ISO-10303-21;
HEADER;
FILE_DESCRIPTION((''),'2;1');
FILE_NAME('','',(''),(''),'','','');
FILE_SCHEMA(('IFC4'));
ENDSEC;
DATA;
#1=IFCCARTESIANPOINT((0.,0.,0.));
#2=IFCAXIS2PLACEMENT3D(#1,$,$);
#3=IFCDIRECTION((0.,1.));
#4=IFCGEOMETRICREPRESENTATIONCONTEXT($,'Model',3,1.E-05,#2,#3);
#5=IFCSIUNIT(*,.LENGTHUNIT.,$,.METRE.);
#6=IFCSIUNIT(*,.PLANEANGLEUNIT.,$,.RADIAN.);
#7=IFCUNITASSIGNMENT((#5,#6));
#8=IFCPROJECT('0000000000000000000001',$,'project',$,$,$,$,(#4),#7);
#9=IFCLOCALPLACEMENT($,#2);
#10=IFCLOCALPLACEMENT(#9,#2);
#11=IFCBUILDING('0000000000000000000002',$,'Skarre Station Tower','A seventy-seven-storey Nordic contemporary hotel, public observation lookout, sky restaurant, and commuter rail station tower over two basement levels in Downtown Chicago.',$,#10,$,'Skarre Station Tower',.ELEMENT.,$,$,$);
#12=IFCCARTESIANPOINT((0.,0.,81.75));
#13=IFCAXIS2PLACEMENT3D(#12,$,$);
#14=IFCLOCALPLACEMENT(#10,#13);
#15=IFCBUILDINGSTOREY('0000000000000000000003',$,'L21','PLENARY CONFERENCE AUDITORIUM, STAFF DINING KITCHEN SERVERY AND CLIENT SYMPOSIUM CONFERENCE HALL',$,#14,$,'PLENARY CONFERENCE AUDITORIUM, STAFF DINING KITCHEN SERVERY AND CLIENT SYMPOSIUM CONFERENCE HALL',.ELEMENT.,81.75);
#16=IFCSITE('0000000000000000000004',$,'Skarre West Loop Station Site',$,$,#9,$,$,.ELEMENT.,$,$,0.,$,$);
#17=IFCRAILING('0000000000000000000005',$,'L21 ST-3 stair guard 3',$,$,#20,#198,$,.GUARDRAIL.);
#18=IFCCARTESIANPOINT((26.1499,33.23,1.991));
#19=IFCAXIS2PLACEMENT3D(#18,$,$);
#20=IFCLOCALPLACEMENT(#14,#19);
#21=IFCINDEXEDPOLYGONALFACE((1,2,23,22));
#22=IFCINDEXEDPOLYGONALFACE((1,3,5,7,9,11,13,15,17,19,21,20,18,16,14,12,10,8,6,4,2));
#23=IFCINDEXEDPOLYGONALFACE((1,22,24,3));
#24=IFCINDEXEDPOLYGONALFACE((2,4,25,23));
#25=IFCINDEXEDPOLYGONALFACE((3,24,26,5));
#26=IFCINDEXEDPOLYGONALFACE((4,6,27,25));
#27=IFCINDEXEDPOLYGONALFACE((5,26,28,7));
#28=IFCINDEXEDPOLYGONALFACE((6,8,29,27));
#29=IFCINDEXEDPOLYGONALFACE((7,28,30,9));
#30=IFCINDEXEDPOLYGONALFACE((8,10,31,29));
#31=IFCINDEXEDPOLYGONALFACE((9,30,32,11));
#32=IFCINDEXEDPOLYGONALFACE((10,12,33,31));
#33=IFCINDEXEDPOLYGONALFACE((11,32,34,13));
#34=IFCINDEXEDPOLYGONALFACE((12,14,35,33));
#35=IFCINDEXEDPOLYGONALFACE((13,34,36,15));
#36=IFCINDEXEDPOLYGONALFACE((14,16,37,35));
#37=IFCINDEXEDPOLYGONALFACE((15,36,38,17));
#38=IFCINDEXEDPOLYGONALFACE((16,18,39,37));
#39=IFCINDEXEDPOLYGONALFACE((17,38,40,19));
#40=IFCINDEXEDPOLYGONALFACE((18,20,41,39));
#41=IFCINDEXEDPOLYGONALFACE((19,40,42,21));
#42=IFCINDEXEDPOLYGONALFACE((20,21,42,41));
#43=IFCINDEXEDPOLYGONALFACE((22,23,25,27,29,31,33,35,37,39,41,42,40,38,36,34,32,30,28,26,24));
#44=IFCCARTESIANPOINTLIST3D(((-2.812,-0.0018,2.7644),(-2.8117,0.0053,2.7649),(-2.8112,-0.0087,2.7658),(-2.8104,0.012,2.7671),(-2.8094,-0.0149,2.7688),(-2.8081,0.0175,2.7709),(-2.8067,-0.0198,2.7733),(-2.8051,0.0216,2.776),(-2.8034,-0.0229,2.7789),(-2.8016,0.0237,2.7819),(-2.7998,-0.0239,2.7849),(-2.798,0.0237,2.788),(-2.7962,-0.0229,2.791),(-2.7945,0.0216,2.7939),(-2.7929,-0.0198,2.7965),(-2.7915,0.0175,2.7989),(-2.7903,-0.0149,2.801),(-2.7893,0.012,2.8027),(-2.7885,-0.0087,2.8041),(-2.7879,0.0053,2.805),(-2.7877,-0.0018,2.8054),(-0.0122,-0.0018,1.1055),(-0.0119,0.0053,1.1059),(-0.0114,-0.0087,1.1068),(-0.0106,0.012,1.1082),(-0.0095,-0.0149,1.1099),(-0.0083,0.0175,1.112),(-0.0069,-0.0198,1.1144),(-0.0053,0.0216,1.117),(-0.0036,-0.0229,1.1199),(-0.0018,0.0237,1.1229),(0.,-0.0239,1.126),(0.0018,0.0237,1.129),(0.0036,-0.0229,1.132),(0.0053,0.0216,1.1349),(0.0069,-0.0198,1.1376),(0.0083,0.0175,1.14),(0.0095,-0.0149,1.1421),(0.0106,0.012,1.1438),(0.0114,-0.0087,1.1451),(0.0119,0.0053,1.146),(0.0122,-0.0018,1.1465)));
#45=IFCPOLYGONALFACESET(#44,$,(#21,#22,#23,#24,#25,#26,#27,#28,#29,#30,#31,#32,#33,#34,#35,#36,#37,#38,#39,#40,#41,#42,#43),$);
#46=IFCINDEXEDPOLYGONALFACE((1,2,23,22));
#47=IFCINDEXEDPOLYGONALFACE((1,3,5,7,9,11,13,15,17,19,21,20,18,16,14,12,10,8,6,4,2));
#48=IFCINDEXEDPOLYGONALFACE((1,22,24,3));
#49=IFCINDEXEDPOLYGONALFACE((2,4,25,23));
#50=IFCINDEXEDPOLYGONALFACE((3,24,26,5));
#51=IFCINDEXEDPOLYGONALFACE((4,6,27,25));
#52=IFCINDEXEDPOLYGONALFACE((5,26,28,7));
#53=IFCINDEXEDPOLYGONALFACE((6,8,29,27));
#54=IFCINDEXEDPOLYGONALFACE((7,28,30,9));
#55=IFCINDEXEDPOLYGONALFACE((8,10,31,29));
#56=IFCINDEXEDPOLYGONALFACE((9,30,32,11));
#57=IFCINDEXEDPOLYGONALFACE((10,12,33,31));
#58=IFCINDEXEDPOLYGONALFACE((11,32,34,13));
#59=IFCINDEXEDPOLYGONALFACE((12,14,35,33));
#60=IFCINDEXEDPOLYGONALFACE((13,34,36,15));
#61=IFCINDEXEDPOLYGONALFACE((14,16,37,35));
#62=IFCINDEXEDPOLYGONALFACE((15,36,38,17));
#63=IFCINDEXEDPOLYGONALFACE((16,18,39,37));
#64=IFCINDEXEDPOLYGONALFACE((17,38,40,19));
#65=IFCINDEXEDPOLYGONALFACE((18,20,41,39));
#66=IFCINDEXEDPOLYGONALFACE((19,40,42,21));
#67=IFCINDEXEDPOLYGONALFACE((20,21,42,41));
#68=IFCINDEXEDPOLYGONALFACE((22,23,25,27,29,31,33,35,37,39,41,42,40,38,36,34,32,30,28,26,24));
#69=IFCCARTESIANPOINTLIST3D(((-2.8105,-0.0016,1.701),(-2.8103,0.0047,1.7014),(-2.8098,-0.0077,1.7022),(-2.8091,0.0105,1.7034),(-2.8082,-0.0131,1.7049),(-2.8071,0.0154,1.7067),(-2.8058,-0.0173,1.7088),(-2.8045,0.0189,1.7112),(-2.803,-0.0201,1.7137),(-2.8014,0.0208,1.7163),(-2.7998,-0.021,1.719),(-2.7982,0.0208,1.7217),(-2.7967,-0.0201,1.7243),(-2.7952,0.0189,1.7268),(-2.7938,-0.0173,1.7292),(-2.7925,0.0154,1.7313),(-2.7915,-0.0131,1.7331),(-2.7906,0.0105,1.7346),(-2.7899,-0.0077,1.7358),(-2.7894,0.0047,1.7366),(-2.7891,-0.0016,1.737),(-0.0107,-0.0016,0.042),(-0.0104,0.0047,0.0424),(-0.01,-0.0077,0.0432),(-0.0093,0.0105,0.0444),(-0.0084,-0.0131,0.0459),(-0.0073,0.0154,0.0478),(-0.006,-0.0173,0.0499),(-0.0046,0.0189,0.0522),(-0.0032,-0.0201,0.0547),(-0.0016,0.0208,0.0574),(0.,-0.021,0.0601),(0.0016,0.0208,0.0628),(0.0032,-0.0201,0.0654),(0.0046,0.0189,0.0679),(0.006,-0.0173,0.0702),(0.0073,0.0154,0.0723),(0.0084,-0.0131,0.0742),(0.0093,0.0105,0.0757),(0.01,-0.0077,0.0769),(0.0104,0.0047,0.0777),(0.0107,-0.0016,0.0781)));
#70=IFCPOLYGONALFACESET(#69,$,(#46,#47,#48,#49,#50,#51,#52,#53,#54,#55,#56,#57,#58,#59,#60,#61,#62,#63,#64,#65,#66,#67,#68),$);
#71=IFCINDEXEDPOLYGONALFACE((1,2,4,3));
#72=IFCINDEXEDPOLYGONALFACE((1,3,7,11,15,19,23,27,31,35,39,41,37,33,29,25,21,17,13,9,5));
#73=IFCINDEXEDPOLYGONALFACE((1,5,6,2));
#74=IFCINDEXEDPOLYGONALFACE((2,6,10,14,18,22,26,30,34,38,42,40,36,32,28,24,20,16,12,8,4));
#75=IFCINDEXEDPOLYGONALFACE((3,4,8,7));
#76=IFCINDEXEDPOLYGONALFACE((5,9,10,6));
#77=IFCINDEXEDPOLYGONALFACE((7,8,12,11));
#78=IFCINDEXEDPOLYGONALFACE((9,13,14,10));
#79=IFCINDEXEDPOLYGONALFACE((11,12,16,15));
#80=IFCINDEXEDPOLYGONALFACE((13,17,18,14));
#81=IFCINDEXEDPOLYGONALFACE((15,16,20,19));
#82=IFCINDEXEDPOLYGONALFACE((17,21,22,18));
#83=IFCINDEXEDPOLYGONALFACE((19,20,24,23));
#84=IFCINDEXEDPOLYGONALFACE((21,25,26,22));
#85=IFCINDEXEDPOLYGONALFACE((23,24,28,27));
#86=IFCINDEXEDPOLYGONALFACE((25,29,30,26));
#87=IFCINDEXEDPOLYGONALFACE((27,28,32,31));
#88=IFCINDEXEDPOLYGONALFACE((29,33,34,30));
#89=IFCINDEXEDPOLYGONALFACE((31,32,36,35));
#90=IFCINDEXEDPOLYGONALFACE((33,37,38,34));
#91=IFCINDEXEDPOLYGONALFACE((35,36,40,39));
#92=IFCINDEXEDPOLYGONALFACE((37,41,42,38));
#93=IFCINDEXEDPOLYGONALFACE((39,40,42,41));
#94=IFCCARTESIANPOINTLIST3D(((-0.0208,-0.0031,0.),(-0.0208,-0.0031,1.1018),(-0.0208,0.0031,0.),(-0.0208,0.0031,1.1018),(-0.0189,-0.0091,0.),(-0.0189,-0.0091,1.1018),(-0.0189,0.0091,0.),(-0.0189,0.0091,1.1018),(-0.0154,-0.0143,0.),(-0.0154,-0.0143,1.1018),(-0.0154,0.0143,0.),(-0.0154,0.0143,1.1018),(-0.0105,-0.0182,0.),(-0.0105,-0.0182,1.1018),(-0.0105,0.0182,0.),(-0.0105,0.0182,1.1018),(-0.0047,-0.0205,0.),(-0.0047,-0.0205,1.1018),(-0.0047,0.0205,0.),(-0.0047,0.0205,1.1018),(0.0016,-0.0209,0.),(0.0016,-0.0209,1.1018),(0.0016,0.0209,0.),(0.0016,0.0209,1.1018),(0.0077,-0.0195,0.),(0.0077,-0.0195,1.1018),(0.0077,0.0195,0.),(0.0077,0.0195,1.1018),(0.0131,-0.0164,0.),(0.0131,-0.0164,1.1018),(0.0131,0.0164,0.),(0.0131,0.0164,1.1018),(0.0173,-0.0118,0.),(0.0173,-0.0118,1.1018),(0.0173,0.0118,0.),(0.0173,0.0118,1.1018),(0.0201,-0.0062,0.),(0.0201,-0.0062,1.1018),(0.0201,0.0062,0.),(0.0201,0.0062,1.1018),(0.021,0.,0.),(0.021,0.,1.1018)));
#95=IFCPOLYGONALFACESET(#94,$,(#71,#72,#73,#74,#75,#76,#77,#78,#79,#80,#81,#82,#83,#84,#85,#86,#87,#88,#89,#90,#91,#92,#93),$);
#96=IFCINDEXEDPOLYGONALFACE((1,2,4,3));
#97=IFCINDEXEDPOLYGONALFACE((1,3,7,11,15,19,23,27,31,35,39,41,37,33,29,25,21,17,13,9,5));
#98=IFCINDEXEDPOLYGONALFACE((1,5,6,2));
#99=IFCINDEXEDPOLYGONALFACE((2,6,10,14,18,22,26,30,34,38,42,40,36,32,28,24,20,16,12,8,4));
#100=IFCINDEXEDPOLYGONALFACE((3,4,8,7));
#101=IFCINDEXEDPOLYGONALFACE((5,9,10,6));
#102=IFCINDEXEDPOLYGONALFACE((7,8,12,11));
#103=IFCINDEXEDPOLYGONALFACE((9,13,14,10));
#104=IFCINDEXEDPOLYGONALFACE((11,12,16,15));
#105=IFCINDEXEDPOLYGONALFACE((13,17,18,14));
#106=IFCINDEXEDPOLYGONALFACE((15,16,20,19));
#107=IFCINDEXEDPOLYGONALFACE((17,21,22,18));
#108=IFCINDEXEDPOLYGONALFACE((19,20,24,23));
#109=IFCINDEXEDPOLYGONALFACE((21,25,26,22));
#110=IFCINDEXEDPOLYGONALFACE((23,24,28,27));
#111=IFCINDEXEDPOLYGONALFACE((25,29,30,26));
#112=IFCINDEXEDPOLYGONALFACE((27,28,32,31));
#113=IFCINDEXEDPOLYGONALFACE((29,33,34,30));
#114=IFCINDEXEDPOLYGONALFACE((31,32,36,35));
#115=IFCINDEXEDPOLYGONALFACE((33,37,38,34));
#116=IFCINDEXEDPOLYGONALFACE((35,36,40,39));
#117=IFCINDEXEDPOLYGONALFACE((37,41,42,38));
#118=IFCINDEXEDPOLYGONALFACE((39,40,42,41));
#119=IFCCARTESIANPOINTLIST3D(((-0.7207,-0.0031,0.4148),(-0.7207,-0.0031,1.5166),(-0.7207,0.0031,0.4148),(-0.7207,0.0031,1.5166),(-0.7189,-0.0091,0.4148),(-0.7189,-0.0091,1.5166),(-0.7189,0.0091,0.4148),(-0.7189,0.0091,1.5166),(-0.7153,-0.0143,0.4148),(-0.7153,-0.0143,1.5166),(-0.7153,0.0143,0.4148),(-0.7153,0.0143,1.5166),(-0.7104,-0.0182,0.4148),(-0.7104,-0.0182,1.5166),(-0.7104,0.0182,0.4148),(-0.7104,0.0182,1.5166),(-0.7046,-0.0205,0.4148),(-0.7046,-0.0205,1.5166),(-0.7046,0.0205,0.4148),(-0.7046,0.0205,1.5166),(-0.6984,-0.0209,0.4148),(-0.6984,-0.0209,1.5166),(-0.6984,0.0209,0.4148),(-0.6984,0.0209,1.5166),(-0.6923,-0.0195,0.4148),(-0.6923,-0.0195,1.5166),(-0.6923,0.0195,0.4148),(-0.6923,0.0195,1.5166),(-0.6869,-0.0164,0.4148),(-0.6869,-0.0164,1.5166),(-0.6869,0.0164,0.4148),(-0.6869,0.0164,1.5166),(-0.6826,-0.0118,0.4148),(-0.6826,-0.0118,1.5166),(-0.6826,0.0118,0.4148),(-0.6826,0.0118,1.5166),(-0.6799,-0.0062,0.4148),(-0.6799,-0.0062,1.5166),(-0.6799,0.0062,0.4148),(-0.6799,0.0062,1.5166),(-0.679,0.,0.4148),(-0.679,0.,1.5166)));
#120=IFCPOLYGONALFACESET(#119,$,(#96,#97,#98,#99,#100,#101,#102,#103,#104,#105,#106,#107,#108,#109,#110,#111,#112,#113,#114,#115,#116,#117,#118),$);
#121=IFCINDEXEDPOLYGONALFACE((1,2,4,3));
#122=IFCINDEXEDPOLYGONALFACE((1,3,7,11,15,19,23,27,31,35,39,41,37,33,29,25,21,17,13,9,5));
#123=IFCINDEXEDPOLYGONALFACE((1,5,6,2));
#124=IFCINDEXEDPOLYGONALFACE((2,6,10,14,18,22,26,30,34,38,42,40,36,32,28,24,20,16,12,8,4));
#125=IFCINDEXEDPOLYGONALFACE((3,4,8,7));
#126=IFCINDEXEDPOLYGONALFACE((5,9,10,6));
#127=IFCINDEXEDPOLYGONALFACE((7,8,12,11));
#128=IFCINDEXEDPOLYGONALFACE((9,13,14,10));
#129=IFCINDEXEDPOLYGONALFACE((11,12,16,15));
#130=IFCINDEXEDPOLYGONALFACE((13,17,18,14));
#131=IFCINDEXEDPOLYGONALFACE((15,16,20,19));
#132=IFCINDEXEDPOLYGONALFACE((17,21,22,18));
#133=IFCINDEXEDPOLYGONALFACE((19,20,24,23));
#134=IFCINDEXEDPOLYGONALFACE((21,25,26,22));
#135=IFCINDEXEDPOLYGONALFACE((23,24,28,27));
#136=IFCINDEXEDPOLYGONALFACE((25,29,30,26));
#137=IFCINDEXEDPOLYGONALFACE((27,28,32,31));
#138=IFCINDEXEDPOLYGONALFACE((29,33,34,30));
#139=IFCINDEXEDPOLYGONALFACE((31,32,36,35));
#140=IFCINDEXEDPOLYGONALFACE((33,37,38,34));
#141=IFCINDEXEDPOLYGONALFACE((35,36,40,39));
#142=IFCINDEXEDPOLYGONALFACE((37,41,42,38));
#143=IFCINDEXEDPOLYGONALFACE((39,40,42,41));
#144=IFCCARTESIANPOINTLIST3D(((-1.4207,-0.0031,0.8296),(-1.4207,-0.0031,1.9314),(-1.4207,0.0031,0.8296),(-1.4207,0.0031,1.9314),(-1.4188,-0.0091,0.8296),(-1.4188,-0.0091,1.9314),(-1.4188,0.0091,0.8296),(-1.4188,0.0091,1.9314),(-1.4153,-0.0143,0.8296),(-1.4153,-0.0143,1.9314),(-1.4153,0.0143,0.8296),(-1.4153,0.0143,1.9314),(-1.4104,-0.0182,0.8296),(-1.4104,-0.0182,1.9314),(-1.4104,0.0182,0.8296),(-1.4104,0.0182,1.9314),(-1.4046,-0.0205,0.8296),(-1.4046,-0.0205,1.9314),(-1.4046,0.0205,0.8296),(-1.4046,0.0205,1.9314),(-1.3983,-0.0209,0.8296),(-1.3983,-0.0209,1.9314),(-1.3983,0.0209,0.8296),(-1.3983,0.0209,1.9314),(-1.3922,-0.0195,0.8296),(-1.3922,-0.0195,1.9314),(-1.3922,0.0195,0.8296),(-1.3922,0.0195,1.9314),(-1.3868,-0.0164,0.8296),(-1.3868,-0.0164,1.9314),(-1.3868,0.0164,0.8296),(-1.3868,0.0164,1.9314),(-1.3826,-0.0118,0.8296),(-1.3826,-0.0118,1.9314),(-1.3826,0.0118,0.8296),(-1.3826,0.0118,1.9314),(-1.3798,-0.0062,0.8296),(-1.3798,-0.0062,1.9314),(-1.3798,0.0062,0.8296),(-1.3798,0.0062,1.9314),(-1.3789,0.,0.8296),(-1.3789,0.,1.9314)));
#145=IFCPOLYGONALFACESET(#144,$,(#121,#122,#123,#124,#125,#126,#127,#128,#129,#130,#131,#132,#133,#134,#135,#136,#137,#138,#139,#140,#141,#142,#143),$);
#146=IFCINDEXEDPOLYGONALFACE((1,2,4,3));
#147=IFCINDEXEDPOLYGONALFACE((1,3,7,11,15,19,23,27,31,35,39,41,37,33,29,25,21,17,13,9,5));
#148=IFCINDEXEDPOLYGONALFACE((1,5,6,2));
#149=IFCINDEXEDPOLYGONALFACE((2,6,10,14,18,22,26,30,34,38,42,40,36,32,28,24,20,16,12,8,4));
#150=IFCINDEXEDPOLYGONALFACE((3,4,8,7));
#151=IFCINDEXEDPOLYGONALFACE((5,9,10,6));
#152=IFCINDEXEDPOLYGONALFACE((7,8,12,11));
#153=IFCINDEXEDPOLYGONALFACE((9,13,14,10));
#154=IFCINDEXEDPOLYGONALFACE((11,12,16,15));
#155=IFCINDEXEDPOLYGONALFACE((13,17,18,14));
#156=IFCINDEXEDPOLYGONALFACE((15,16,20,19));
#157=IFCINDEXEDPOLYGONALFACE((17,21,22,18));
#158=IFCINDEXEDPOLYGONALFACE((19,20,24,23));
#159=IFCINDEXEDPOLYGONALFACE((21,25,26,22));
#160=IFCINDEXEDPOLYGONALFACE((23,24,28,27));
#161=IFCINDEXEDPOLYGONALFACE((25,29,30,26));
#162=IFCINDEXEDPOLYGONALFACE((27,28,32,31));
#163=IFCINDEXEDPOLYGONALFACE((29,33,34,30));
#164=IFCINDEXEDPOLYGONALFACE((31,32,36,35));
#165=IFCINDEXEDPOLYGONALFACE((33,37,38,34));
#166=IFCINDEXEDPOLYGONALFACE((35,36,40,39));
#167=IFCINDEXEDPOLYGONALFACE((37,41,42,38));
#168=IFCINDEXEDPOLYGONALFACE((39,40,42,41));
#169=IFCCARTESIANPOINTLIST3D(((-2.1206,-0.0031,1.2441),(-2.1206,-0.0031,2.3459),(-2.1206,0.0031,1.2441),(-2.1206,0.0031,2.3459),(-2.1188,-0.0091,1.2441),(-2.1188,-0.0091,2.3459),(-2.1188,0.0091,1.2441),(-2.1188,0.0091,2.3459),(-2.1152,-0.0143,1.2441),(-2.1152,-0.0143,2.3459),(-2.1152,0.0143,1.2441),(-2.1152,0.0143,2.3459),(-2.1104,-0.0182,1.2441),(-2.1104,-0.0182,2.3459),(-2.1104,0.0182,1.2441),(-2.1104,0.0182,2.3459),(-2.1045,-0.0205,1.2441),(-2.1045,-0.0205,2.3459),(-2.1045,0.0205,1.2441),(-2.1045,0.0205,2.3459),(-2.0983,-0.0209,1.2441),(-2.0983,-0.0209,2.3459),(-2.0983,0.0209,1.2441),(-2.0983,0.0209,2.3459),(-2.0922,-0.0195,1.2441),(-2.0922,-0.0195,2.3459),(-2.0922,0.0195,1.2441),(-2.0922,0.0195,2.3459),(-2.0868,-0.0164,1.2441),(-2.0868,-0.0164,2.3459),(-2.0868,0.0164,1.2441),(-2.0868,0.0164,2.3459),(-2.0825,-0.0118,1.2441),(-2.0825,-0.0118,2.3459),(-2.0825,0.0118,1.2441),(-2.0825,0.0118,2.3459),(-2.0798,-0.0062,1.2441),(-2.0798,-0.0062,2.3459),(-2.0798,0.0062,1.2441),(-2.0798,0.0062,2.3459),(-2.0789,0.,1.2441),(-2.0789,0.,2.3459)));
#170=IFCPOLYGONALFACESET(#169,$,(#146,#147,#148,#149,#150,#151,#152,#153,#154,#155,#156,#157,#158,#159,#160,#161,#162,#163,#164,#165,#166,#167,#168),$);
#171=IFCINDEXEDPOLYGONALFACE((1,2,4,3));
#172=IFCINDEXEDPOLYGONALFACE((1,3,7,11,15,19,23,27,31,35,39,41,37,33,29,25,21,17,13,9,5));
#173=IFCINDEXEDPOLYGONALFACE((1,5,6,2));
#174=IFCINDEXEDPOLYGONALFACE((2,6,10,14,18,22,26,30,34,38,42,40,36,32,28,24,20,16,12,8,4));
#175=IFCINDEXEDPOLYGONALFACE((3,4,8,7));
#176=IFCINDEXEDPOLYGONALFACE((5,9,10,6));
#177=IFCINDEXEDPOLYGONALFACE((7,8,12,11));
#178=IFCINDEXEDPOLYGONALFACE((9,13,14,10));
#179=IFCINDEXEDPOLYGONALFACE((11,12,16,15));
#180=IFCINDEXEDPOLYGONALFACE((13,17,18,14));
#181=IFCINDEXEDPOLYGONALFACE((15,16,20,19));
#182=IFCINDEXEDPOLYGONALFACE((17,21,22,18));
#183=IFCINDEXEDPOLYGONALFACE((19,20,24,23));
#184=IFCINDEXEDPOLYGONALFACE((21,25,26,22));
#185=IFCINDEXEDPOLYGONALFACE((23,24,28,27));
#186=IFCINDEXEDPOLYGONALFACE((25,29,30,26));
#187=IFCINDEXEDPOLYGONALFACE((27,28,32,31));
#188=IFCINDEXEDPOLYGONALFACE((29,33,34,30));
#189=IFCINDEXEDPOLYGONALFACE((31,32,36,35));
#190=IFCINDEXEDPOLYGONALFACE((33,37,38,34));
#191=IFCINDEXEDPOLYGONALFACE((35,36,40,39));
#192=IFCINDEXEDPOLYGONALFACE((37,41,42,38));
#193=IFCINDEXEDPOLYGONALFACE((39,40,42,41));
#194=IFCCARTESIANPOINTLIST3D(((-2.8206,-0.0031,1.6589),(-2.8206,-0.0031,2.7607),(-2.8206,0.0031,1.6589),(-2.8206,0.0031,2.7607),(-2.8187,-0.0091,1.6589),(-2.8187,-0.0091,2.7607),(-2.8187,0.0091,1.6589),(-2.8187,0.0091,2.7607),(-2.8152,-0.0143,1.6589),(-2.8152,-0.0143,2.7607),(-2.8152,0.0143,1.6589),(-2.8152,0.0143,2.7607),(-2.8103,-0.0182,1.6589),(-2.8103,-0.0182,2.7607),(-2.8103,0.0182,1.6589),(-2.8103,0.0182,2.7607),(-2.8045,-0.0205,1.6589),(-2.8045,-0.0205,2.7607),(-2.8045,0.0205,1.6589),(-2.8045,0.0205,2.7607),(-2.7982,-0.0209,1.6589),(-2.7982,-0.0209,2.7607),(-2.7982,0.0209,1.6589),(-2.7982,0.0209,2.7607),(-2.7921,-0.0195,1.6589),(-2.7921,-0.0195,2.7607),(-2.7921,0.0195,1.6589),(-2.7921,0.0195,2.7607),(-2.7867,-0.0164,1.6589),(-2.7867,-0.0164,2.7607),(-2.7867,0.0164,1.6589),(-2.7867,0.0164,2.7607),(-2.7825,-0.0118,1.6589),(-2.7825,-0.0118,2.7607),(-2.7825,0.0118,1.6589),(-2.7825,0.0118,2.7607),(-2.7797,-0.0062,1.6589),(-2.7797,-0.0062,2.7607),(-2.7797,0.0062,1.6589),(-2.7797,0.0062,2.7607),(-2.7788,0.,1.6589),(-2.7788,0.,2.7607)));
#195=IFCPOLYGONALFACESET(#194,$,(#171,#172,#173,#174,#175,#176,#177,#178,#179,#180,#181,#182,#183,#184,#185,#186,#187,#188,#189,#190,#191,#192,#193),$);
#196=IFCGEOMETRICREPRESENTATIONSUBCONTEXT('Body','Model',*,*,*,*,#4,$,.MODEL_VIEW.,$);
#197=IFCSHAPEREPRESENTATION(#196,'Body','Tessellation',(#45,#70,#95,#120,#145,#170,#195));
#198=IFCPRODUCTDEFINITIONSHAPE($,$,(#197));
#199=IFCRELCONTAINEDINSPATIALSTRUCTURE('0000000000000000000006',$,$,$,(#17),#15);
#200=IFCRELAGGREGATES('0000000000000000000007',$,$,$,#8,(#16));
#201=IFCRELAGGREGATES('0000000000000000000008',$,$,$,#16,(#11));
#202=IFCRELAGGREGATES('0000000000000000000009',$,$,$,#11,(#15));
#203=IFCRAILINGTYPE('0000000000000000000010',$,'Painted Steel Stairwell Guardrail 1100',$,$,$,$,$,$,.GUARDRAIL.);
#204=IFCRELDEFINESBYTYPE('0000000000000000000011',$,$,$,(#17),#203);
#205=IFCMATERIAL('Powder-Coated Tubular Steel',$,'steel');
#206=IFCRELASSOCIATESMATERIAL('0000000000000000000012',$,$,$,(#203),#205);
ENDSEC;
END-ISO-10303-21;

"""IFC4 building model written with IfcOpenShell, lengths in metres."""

from ifc_helpers import new_model, si_unit, direction, frame, origin, origin_2d, place, context, subcontext, project, spatial, circle, extrude, material, type_object, element, save


model = new_model("IFC4")

# Units and contexts
model_context = context("Model", 3, precision=1e-05, world=origin(), true_north=direction((0.0, 1.0)))
body_context = subcontext(model_context, "Body", "Model", "MODEL_VIEW")
ifc_project = project(units=[si_unit("LENGTHUNIT", "METRE"), si_unit("PLANEANGLEUNIT", "RADIAN")], contexts=[model_context])

# Site, building, storey
site_placement = place(None, origin())
site = spatial("IfcSite", under=ifc_project, at=site_placement, Name="Skarre West Loop Station Site", CompositionType="ELEMENT", RefElevation=0.0)
building_placement = place(site_placement, origin())
building = spatial("IfcBuilding", under=site, at=building_placement, Name="Skarre Station Tower", Description="A seventy-seven-storey Nordic contemporary hotel, public observation lookout, sky restaurant, and commuter rail station tower over two basement levels in Downtown Chicago.", LongName="Skarre Station Tower", CompositionType="ELEMENT")
storey_placement = place(building_placement, frame((0.0, 0.0, 81.75)))
storey = spatial("IfcBuildingStorey", under=building, at=storey_placement, Name="L21", Description="PLENARY CONFERENCE AUDITORIUM, STAFF DINING KITCHEN SERVERY AND CLIENT SYMPOSIUM CONFERENCE HALL", LongName="PLENARY CONFERENCE AUDITORIUM, STAFF DINING KITCHEN SERVERY AND CLIENT SYMPOSIUM CONFERENCE HALL", CompositionType="ELEMENT", Elevation=81.75)

# Railing
ifc_material_1 = material(Name="Powder-Coated Tubular Steel", Category="steel")
railing_type_1 = type_object("IfcRailingType", Name="Painted Steel Stairwell Guardrail 1100", PredefinedType="GUARDRAIL", material=ifc_material_1)
railing_1_placement = place(storey_placement, frame((26.1499, 33.23, 1.991)))
element("IfcRailing", 1, at=railing_1_placement, inside=storey, type_object=railing_type_1, Name="L21 ST-3 stair guard 3", PredefinedType="GUARDRAIL", context=body_context, shape_type="SweptSolid", body=[
    extrude(circle(Radius=0.0239, at=origin_2d()), frame((0.0, 0.0, 1.126), z_axis=(-0.86032, 0.0, 0.509755), x_axis=(0.0, -1.0, 0.0)), (0.0, 0.0, 1.0), 3.2544),
    extrude(circle(Radius=0.021, at=origin_2d()), frame((0.0, 0.0, 0.0601), z_axis=(-0.86032, 0.0, 0.509755), x_axis=(0.0, -1.0, 0.0)), (0.0, 0.0, 1.0), 3.2544),
    extrude(circle(Radius=0.021, at=origin_2d()), origin(), (0.0, 0.0, 1.0), 1.1018),
    extrude(circle(Radius=0.021, at=origin_2d()), frame((-0.7, 0.0, 0.4148)), (0.0, 0.0, 1.0), 1.1018),
    extrude(circle(Radius=0.021, at=origin_2d()), frame((-1.3999, 0.0, 0.8296)), (0.0, 0.0, 1.0), 1.1018),
    extrude(circle(Radius=0.021, at=origin_2d()), frame((-2.0999, 0.0, 1.2441)), (0.0, 0.0, 1.0), 1.1018),
    extrude(circle(Radius=0.021, at=origin_2d()), frame((-2.7998, 0.0, 1.6589)), (0.0, 0.0, 1.0), 1.1018),
])

save(model, "model.ifc")
